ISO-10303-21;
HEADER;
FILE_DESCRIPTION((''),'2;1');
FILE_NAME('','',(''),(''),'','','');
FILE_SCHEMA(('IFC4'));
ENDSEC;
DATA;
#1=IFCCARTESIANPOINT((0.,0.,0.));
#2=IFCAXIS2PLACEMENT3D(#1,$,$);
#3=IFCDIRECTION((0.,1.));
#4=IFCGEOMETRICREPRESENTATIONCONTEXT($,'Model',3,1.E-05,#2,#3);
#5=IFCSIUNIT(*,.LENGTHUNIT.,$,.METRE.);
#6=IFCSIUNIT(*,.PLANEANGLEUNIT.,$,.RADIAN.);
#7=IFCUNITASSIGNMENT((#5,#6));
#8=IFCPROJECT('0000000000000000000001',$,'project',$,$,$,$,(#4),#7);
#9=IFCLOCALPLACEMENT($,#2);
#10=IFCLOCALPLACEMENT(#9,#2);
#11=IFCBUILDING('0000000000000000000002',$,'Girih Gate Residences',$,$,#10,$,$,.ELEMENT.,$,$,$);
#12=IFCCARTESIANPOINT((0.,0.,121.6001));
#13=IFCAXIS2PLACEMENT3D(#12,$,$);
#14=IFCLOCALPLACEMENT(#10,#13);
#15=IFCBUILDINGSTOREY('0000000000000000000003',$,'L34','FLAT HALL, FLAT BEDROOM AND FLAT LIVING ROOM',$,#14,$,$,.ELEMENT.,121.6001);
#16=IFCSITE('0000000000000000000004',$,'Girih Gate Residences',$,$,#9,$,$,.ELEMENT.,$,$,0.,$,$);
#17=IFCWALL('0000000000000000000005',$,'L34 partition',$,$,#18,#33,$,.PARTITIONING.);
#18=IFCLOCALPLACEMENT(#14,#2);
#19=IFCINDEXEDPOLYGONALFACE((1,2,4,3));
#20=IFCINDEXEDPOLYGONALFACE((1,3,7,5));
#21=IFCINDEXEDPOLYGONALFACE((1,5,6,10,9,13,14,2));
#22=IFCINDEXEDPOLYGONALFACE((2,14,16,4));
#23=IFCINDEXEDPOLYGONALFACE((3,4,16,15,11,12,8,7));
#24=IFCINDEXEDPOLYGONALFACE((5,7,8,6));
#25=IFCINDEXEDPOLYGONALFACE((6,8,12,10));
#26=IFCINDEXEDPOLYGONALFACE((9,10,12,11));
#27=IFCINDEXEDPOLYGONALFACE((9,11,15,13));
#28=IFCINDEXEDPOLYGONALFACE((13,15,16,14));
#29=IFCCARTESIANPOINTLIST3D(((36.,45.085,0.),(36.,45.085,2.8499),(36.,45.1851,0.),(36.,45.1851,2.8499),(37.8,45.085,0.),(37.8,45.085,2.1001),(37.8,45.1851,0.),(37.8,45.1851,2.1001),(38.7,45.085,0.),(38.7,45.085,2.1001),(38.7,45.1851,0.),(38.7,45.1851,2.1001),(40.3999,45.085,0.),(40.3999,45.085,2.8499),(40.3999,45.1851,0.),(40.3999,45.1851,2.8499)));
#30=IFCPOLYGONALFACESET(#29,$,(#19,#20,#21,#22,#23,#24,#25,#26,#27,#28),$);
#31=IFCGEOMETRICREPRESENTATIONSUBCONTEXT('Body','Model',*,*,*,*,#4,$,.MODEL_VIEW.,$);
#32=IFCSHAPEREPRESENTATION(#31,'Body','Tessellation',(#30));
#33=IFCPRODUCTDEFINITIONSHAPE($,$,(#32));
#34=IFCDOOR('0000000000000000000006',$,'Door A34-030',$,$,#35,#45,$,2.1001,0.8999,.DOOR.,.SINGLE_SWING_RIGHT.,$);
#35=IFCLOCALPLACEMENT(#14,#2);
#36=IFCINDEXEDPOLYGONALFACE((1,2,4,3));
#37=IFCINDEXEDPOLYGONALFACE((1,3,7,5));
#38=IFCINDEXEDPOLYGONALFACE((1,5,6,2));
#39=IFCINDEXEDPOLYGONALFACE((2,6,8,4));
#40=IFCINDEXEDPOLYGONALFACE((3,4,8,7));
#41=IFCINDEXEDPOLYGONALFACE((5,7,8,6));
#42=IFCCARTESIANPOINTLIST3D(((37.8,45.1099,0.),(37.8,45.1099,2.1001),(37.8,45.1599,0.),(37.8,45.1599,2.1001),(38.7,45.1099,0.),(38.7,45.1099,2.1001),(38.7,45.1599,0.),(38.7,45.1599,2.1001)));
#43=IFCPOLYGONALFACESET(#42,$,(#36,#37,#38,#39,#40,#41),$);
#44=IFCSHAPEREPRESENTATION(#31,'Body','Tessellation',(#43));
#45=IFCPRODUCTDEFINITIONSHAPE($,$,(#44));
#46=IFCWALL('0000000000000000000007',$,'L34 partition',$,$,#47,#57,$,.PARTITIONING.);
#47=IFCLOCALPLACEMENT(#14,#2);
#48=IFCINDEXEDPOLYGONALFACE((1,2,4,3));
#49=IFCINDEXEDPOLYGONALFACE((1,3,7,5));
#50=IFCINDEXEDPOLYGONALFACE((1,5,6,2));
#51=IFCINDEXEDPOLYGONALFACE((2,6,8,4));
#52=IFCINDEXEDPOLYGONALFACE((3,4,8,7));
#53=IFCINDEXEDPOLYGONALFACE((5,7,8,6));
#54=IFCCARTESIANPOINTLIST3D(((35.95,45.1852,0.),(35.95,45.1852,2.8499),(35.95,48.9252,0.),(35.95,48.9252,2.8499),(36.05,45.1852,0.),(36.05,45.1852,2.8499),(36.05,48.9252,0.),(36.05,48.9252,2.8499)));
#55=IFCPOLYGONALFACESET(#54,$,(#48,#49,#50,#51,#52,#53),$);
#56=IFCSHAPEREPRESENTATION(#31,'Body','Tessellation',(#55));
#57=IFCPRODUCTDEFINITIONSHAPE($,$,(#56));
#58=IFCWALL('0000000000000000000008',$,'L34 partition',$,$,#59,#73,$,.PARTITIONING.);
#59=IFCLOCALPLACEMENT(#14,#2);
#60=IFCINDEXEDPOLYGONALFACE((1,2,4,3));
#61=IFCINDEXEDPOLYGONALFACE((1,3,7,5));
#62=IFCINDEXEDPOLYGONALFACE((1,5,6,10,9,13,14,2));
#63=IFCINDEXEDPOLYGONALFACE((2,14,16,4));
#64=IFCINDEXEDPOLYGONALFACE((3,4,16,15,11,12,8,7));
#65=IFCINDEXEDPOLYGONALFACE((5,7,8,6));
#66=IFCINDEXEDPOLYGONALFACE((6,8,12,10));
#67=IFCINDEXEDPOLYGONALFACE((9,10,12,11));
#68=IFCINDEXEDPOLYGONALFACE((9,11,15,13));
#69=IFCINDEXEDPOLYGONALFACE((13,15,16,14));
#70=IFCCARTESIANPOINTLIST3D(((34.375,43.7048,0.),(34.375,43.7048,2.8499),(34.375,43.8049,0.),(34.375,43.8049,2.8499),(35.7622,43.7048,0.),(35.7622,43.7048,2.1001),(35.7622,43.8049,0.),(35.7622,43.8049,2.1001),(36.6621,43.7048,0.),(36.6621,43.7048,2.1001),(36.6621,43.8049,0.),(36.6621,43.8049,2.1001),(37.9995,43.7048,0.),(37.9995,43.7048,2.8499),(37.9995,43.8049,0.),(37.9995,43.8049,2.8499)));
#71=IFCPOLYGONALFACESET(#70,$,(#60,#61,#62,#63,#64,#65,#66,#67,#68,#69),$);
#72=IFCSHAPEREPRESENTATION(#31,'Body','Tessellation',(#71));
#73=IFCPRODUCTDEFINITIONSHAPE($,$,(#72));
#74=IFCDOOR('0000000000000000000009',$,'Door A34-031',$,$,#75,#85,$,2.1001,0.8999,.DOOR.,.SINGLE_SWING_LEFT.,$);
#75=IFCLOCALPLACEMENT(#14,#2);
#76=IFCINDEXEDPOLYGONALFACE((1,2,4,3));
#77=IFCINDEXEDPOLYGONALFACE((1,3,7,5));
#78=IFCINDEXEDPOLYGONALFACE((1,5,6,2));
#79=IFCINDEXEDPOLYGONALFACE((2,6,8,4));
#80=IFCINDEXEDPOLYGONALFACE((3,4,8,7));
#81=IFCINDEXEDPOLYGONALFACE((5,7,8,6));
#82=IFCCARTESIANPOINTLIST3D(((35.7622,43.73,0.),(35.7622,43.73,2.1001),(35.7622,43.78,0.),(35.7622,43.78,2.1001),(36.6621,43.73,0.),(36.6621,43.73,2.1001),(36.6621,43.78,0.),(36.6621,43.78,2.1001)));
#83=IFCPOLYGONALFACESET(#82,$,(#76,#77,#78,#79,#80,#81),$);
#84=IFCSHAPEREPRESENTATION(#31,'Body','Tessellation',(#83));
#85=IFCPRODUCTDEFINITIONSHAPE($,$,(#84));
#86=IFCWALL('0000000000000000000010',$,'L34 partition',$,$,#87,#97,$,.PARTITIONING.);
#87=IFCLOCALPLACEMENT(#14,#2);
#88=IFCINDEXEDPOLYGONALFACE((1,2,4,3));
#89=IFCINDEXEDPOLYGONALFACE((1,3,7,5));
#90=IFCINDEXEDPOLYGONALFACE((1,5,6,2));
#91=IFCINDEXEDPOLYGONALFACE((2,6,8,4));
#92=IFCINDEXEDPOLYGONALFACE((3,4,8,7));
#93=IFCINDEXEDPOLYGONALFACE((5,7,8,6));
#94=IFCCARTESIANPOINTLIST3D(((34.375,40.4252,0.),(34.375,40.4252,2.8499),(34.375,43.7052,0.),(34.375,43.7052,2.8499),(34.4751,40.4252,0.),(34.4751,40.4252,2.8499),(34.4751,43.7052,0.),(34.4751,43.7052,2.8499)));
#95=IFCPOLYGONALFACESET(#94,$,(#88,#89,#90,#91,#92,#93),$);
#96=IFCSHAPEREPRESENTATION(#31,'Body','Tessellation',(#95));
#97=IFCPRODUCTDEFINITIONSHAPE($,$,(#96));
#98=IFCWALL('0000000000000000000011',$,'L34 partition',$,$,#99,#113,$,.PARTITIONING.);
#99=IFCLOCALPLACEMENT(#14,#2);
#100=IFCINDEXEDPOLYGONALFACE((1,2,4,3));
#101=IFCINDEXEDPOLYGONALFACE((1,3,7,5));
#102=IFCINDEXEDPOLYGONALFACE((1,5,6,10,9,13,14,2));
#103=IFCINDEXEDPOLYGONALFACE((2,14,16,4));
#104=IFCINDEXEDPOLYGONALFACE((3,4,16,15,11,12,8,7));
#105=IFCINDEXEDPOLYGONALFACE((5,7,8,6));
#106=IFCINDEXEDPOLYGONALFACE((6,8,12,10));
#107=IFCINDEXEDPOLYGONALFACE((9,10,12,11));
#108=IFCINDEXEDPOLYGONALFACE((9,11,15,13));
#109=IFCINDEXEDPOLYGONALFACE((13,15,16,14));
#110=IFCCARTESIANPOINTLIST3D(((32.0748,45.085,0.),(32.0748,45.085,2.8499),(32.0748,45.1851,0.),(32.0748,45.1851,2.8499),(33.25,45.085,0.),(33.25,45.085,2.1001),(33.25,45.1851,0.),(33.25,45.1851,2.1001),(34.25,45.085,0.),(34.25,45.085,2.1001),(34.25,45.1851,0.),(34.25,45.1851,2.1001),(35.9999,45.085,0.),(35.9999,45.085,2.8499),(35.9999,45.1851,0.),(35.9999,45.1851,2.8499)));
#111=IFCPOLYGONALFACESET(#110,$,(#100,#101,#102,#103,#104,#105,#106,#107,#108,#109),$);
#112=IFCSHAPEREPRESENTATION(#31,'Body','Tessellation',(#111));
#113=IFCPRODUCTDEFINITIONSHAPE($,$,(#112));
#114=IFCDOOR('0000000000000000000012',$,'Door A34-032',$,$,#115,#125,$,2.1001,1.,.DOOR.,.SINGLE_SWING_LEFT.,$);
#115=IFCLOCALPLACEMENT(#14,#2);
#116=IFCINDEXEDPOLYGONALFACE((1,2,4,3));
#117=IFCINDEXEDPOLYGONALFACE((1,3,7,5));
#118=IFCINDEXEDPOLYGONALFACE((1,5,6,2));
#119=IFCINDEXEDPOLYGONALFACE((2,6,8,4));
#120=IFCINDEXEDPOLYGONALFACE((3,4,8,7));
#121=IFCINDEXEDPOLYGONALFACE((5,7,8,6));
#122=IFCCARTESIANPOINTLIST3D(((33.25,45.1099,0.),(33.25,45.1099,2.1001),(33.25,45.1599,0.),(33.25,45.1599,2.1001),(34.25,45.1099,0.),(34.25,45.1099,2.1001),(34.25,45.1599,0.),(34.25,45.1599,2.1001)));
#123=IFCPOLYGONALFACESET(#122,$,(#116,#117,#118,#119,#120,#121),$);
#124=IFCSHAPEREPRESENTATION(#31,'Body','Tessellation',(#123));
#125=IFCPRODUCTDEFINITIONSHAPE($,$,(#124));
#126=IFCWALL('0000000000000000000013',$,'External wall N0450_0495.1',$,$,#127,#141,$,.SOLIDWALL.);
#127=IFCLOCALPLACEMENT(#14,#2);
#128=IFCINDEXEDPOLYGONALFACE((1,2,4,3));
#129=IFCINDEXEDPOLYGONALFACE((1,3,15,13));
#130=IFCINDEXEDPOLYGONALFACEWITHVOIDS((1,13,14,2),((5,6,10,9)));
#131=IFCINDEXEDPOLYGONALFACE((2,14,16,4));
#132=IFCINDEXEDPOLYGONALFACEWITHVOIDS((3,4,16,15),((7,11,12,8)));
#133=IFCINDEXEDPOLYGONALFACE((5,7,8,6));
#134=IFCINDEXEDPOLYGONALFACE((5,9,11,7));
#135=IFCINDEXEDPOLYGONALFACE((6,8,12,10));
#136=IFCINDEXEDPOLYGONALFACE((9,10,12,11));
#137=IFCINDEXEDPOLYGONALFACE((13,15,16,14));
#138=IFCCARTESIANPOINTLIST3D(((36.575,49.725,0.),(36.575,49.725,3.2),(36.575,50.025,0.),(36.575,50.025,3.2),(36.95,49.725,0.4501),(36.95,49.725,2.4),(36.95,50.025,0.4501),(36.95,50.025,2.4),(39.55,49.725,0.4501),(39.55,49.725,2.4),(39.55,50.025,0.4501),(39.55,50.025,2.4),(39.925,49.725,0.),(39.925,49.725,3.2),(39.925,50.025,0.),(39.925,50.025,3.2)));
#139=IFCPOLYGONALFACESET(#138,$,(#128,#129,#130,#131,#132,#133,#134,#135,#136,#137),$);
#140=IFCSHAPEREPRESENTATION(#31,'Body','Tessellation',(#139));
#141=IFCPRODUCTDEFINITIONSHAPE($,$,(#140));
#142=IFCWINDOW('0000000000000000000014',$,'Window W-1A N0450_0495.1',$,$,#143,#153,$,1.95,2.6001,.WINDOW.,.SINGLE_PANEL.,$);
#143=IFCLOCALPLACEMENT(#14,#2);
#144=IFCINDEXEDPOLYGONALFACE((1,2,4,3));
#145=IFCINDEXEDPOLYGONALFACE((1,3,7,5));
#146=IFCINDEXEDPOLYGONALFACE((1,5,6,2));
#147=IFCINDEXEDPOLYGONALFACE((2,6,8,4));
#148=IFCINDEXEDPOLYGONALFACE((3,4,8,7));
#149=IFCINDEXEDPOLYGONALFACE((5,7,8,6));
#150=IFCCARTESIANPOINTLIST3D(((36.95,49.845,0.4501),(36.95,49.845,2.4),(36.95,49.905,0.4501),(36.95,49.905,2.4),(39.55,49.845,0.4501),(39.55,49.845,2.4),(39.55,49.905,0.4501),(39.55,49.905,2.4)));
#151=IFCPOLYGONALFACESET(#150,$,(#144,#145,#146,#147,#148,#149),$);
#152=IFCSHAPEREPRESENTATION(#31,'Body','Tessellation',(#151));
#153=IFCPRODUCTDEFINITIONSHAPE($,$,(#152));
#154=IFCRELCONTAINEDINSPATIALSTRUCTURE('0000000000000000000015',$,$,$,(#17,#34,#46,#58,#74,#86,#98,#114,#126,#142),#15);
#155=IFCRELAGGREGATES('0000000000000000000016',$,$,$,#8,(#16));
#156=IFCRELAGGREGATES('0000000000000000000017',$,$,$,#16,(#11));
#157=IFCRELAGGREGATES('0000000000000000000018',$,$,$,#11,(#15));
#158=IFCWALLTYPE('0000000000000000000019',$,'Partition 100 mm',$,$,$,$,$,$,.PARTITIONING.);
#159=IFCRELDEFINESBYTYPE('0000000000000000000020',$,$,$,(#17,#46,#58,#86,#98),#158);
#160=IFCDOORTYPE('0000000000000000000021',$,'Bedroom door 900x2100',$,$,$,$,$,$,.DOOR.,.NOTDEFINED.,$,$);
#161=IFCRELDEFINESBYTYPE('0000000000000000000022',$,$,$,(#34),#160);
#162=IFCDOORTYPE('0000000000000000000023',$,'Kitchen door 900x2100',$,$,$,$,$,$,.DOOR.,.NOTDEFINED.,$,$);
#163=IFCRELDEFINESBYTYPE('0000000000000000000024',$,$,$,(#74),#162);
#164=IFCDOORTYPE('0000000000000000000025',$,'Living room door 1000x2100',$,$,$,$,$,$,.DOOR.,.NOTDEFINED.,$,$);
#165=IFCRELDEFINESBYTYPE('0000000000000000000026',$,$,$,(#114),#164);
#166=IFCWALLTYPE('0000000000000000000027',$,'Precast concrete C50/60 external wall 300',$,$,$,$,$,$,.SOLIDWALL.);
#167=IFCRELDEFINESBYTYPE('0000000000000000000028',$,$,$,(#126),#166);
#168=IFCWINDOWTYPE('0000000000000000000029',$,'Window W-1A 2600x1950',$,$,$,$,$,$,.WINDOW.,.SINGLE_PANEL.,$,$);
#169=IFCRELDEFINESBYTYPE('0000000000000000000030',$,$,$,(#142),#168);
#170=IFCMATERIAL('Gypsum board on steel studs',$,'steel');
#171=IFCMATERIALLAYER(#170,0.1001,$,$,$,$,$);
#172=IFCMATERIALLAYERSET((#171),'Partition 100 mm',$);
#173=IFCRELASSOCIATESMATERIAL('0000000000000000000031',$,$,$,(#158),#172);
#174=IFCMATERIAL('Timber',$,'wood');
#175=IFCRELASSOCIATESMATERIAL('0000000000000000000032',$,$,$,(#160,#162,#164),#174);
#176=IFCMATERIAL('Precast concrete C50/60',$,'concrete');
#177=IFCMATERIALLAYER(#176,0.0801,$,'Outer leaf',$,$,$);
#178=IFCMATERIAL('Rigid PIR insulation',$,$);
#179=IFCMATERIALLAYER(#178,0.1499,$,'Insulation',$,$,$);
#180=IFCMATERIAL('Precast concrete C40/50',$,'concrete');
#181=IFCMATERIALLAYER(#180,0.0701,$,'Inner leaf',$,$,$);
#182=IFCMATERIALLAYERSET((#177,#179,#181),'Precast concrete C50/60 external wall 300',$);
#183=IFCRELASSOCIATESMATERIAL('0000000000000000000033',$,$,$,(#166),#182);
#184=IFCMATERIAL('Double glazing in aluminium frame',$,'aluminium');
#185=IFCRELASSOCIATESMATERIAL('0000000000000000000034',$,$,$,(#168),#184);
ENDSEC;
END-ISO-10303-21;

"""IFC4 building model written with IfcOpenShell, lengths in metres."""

from ifc_helpers import new_model, si_unit, direction, frame, frame_2d, origin, place, context, subcontext, project, spatial, rectangle, extrude, material, layer, layer_set, type_object, element, fill, save


model = new_model("IFC4")

# Units and contexts
model_context = context("Model", 3, precision=1e-05, world=origin(), true_north=direction((0.0, 1.0)))
body_context = subcontext(model_context, "Body", "Model", "MODEL_VIEW")
ifc_project = project(units=[si_unit("LENGTHUNIT", "METRE"), si_unit("PLANEANGLEUNIT", "RADIAN")], contexts=[model_context])

# Site, building, storey
site_placement = place(None, origin())
site = spatial("IfcSite", under=ifc_project, at=site_placement, Name="Girih Gate Residences", CompositionType="ELEMENT", RefElevation=0.0)
building_placement = place(site_placement, origin())
building = spatial("IfcBuilding", under=site, at=building_placement, Name="Girih Gate Residences", CompositionType="ELEMENT")
storey_placement = place(building_placement, frame((0.0, 0.0, 121.6001)))
storey = spatial("IfcBuildingStorey", under=building, at=storey_placement, Name="L34", Description="FLAT HALL, FLAT BEDROOM AND FLAT LIVING ROOM", CompositionType="ELEMENT", Elevation=121.6001)

# Shared definitions
ifc_material_1 = material(Name="Gypsum board on steel studs", Category="steel")

# Wall, opening, door
ifc_layer_1 = layer(ifc_material_1, 0.1001)
ifc_layer_set_1 = layer_set([ifc_layer_1], Name="Partition 100 mm")
wall_type_1 = type_object("IfcWallType", Name="Partition 100 mm", PredefinedType="PARTITIONING", material=ifc_layer_set_1)
wall_1_placement = place(storey_placement, frame((36.0, 45.135, 0.0), z_axis=(0.0, 0.0, 1.0), x_axis=(1.0, 0.0, 0.0)))
wall_1 = element("IfcWall", 1, at=wall_1_placement, inside=storey, type_object=wall_type_1, Name="L34 partition", PredefinedType="PARTITIONING", context=body_context, shape_type="SweptSolid", body=[
    extrude(rectangle(XDim=4.3999, YDim=0.1001, at=frame_2d((2.2, 0.0))), origin(), (0.0, 0.0, 1.0), 2.8499),
])
opening_1_placement = place(wall_1_placement, frame((1.8, 0.0, 0.0)))
opening_1 = element("IfcOpeningElement", 2, at=opening_1_placement, cuts=wall_1, PredefinedType="OPENING", context=body_context, shape_type="SweptSolid", body=[
    extrude(rectangle(XDim=0.8999, YDim=2.1001, at=frame_2d((0.45, 1.05))), frame((0.0, 0.0601, 0.0), z_axis=(0.0, -1.0, 0.0), x_axis=(1.0, 0.0, 0.0)), (0.0, 0.0, 1.0), 0.1201),
])
ifc_material_2 = material(Name="Timber", Category="wood")
door_type_1 = type_object("IfcDoorType", Name="Bedroom door 900x2100", OperationType="NOTDEFINED", PredefinedType="DOOR", material=ifc_material_2)
door_1_placement = place(opening_1_placement, origin())
door_1 = element("IfcDoor", 3, at=door_1_placement, inside=storey, type_object=door_type_1, Name="Door A34-030", OperationType="SINGLE_SWING_RIGHT", OverallHeight=2.1001, OverallWidth=0.8999, PredefinedType="DOOR", context=body_context, shape_type="SweptSolid", body=[
    extrude(rectangle(XDim=0.8999, YDim=2.1001, at=frame_2d((0.45, 1.05))), frame((0.0, 0.0249, 0.0), z_axis=(0.0, -1.0, 0.0), x_axis=(1.0, 0.0, 0.0)), (0.0, 0.0, 1.0), 0.05),
])
fill(opening_1, door_1)

# Wall
wall_2_placement = place(storey_placement, frame((36.0, 45.1851, 0.0), z_axis=(0.0, 0.0, 1.0), x_axis=(0.0, 1.0, 0.0)))
element("IfcWall", 4, at=wall_2_placement, inside=storey, type_object=wall_type_1, Name="L34 partition", PredefinedType="PARTITIONING", context=body_context, shape_type="SweptSolid", body=[
    extrude(rectangle(XDim=3.74, YDim=0.1001, at=frame_2d((1.8701, 0.0))), origin(), (0.0, 0.0, 1.0), 2.8499),
])

# Wall, opening, door
wall_3_placement = place(storey_placement, frame((37.9995, 43.7549, 0.0), z_axis=(0.0, 0.0, 1.0), x_axis=(-1.0, 0.0, 0.0)))
wall_3 = element("IfcWall", 5, at=wall_3_placement, inside=storey, type_object=wall_type_1, Name="L34 partition", PredefinedType="PARTITIONING", context=body_context, shape_type="SweptSolid", body=[
    extrude(rectangle(XDim=3.6245, YDim=0.1001, at=frame_2d((1.8123, 0.0))), origin(), (0.0, 0.0, 1.0), 2.8499),
])
opening_2_placement = place(wall_3_placement, frame((1.3374, 0.0, 0.0)))
opening_2 = element("IfcOpeningElement", 6, at=opening_2_placement, cuts=wall_3, PredefinedType="OPENING", context=body_context, shape_type="SweptSolid", body=[
    extrude(rectangle(XDim=0.8999, YDim=2.1001, at=frame_2d((0.45, 1.05))), frame((0.0, 0.0601, 0.0), z_axis=(0.0, -1.0, 0.0), x_axis=(1.0, 0.0, 0.0)), (0.0, 0.0, 1.0), 0.1201),
])
door_type_2 = type_object("IfcDoorType", Name="Kitchen door 900x2100", OperationType="NOTDEFINED", PredefinedType="DOOR", material=ifc_material_2)
door_2_placement = place(opening_2_placement, origin())
door_2 = element("IfcDoor", 7, at=door_2_placement, inside=storey, type_object=door_type_2, Name="Door A34-031", OperationType="SINGLE_SWING_LEFT", OverallHeight=2.1001, OverallWidth=0.8999, PredefinedType="DOOR", context=body_context, shape_type="SweptSolid", body=[
    extrude(rectangle(XDim=0.8999, YDim=2.1001, at=frame_2d((0.45, 1.05))), frame((0.0, 0.0249, 0.0), z_axis=(0.0, -1.0, 0.0), x_axis=(1.0, 0.0, 0.0)), (0.0, 0.0, 1.0), 0.05),
])
fill(opening_2, door_2)

# Wall
wall_4_placement = place(storey_placement, frame((34.425, 40.425, 0.0), z_axis=(0.0, 0.0, 1.0), x_axis=(0.0, 1.0, 0.0)))
element("IfcWall", 8, at=wall_4_placement, inside=storey, type_object=wall_type_1, Name="L34 partition", PredefinedType="PARTITIONING", context=body_context, shape_type="SweptSolid", body=[
    extrude(rectangle(XDim=3.28, YDim=0.1001, at=frame_2d((1.6401, 0.0))), origin(), (0.0, 0.0, 1.0), 2.8499),
])

# Wall, opening, door
wall_5_placement = place(storey_placement, frame((32.075, 45.135, 0.0), z_axis=(0.0, 0.0, 1.0), x_axis=(1.0, 0.0, 0.0)))
wall_5 = element("IfcWall", 9, at=wall_5_placement, inside=storey, type_object=wall_type_1, Name="L34 partition", PredefinedType="PARTITIONING", context=body_context, shape_type="SweptSolid", body=[
    extrude(rectangle(XDim=3.925, YDim=0.1001, at=frame_2d((1.9624, 0.0))), origin(), (0.0, 0.0, 1.0), 2.8499),
])
opening_3_placement = place(wall_5_placement, frame((1.175, 0.0, 0.0)))
opening_3 = element("IfcOpeningElement", 10, at=opening_3_placement, cuts=wall_5, PredefinedType="OPENING", context=body_context, shape_type="SweptSolid", body=[
    extrude(rectangle(XDim=1.0, YDim=2.1001, at=frame_2d((0.5, 1.05))), frame((0.0, 0.0601, 0.0), z_axis=(0.0, -1.0, 0.0), x_axis=(1.0, 0.0, 0.0)), (0.0, 0.0, 1.0), 0.1201),
])
door_type_3 = type_object("IfcDoorType", Name="Living room door 1000x2100", OperationType="NOTDEFINED", PredefinedType="DOOR", material=ifc_material_2)
door_3_placement = place(opening_3_placement, origin())
door_3 = element("IfcDoor", 11, at=door_3_placement, inside=storey, type_object=door_type_3, Name="Door A34-032", OperationType="SINGLE_SWING_LEFT", OverallHeight=2.1001, OverallWidth=1.0, PredefinedType="DOOR", context=body_context, shape_type="SweptSolid", body=[
    extrude(rectangle(XDim=1.0, YDim=2.1001, at=frame_2d((0.5, 1.05))), frame((0.0, 0.0249, 0.0), z_axis=(0.0, -1.0, 0.0), x_axis=(1.0, 0.0, 0.0)), (0.0, 0.0, 1.0), 0.05),
])
fill(opening_3, door_3)

# Wall, opening, window
ifc_material_3 = material(Name="Precast concrete C50/60", Category="concrete")
ifc_layer_2 = layer(ifc_material_3, 0.0801, Name="Outer leaf")
ifc_material_4 = material(Name="Rigid PIR insulation")
ifc_layer_3 = layer(ifc_material_4, 0.1499, Name="Insulation")
ifc_material_5 = material(Name="Precast concrete C40/50", Category="concrete")
ifc_layer_4 = layer(ifc_material_5, 0.0701, Name="Inner leaf")
ifc_layer_set_2 = layer_set([ifc_layer_2, ifc_layer_3, ifc_layer_4], Name="Precast concrete C50/60 external wall 300")
wall_type_2 = type_object("IfcWallType", Name="Precast concrete C50/60 external wall 300", PredefinedType="SOLIDWALL", material=ifc_layer_set_2)
wall_6_placement = place(storey_placement, frame((36.575, 49.875, 0.0), z_axis=(0.0, 0.0, 1.0), x_axis=(1.0, 0.0, 0.0)))
wall_6 = element("IfcWall", 12, at=wall_6_placement, inside=storey, type_object=wall_type_2, Name="External wall N0450_0495.1", PredefinedType="SOLIDWALL", context=body_context, shape_type="SweptSolid", body=[
    extrude(rectangle(XDim=3.3501, YDim=0.3, at=frame_2d((1.675, 0.0))), origin(), (0.0, 0.0, 1.0), 3.2),
])
opening_4_placement = place(wall_6_placement, frame((0.375, 0.0, 0.45)))
opening_4 = element("IfcOpeningElement", 13, at=opening_4_placement, cuts=wall_6, PredefinedType="OPENING", context=body_context, shape_type="SweptSolid", body=[
    extrude(rectangle(XDim=2.6001, YDim=1.95, at=frame_2d((1.3, 0.9751))), frame((0.0, 0.1599, 0.0), z_axis=(0.0, -1.0, 0.0), x_axis=(1.0, 0.0, 0.0)), (0.0, 0.0, 1.0), 0.3201),
])
ifc_material_6 = material(Name="Double glazing in aluminium frame", Category="aluminium")
window_type = type_object("IfcWindowType", Name="Window W-1A 2600x1950", PartitioningType="SINGLE_PANEL", PredefinedType="WINDOW", material=ifc_material_6)
window_1_placement = place(opening_4_placement, origin())
window_1 = element("IfcWindow", 14, at=window_1_placement, inside=storey, type_object=window_type, Name="Window W-1A N0450_0495.1", OverallHeight=1.95, OverallWidth=2.6001, PartitioningType="SINGLE_PANEL", PredefinedType="WINDOW", context=body_context, shape_type="SweptSolid", body=[
    extrude(rectangle(XDim=2.6001, YDim=1.95, at=frame_2d((1.3, 0.9751))), frame((0.0, 0.03, 0.0), z_axis=(0.0, -1.0, 0.0), x_axis=(1.0, 0.0, 0.0)), (0.0, 0.0, 1.0), 0.0601),
])
fill(opening_4, window_1)

save(model, "model.ifc")
